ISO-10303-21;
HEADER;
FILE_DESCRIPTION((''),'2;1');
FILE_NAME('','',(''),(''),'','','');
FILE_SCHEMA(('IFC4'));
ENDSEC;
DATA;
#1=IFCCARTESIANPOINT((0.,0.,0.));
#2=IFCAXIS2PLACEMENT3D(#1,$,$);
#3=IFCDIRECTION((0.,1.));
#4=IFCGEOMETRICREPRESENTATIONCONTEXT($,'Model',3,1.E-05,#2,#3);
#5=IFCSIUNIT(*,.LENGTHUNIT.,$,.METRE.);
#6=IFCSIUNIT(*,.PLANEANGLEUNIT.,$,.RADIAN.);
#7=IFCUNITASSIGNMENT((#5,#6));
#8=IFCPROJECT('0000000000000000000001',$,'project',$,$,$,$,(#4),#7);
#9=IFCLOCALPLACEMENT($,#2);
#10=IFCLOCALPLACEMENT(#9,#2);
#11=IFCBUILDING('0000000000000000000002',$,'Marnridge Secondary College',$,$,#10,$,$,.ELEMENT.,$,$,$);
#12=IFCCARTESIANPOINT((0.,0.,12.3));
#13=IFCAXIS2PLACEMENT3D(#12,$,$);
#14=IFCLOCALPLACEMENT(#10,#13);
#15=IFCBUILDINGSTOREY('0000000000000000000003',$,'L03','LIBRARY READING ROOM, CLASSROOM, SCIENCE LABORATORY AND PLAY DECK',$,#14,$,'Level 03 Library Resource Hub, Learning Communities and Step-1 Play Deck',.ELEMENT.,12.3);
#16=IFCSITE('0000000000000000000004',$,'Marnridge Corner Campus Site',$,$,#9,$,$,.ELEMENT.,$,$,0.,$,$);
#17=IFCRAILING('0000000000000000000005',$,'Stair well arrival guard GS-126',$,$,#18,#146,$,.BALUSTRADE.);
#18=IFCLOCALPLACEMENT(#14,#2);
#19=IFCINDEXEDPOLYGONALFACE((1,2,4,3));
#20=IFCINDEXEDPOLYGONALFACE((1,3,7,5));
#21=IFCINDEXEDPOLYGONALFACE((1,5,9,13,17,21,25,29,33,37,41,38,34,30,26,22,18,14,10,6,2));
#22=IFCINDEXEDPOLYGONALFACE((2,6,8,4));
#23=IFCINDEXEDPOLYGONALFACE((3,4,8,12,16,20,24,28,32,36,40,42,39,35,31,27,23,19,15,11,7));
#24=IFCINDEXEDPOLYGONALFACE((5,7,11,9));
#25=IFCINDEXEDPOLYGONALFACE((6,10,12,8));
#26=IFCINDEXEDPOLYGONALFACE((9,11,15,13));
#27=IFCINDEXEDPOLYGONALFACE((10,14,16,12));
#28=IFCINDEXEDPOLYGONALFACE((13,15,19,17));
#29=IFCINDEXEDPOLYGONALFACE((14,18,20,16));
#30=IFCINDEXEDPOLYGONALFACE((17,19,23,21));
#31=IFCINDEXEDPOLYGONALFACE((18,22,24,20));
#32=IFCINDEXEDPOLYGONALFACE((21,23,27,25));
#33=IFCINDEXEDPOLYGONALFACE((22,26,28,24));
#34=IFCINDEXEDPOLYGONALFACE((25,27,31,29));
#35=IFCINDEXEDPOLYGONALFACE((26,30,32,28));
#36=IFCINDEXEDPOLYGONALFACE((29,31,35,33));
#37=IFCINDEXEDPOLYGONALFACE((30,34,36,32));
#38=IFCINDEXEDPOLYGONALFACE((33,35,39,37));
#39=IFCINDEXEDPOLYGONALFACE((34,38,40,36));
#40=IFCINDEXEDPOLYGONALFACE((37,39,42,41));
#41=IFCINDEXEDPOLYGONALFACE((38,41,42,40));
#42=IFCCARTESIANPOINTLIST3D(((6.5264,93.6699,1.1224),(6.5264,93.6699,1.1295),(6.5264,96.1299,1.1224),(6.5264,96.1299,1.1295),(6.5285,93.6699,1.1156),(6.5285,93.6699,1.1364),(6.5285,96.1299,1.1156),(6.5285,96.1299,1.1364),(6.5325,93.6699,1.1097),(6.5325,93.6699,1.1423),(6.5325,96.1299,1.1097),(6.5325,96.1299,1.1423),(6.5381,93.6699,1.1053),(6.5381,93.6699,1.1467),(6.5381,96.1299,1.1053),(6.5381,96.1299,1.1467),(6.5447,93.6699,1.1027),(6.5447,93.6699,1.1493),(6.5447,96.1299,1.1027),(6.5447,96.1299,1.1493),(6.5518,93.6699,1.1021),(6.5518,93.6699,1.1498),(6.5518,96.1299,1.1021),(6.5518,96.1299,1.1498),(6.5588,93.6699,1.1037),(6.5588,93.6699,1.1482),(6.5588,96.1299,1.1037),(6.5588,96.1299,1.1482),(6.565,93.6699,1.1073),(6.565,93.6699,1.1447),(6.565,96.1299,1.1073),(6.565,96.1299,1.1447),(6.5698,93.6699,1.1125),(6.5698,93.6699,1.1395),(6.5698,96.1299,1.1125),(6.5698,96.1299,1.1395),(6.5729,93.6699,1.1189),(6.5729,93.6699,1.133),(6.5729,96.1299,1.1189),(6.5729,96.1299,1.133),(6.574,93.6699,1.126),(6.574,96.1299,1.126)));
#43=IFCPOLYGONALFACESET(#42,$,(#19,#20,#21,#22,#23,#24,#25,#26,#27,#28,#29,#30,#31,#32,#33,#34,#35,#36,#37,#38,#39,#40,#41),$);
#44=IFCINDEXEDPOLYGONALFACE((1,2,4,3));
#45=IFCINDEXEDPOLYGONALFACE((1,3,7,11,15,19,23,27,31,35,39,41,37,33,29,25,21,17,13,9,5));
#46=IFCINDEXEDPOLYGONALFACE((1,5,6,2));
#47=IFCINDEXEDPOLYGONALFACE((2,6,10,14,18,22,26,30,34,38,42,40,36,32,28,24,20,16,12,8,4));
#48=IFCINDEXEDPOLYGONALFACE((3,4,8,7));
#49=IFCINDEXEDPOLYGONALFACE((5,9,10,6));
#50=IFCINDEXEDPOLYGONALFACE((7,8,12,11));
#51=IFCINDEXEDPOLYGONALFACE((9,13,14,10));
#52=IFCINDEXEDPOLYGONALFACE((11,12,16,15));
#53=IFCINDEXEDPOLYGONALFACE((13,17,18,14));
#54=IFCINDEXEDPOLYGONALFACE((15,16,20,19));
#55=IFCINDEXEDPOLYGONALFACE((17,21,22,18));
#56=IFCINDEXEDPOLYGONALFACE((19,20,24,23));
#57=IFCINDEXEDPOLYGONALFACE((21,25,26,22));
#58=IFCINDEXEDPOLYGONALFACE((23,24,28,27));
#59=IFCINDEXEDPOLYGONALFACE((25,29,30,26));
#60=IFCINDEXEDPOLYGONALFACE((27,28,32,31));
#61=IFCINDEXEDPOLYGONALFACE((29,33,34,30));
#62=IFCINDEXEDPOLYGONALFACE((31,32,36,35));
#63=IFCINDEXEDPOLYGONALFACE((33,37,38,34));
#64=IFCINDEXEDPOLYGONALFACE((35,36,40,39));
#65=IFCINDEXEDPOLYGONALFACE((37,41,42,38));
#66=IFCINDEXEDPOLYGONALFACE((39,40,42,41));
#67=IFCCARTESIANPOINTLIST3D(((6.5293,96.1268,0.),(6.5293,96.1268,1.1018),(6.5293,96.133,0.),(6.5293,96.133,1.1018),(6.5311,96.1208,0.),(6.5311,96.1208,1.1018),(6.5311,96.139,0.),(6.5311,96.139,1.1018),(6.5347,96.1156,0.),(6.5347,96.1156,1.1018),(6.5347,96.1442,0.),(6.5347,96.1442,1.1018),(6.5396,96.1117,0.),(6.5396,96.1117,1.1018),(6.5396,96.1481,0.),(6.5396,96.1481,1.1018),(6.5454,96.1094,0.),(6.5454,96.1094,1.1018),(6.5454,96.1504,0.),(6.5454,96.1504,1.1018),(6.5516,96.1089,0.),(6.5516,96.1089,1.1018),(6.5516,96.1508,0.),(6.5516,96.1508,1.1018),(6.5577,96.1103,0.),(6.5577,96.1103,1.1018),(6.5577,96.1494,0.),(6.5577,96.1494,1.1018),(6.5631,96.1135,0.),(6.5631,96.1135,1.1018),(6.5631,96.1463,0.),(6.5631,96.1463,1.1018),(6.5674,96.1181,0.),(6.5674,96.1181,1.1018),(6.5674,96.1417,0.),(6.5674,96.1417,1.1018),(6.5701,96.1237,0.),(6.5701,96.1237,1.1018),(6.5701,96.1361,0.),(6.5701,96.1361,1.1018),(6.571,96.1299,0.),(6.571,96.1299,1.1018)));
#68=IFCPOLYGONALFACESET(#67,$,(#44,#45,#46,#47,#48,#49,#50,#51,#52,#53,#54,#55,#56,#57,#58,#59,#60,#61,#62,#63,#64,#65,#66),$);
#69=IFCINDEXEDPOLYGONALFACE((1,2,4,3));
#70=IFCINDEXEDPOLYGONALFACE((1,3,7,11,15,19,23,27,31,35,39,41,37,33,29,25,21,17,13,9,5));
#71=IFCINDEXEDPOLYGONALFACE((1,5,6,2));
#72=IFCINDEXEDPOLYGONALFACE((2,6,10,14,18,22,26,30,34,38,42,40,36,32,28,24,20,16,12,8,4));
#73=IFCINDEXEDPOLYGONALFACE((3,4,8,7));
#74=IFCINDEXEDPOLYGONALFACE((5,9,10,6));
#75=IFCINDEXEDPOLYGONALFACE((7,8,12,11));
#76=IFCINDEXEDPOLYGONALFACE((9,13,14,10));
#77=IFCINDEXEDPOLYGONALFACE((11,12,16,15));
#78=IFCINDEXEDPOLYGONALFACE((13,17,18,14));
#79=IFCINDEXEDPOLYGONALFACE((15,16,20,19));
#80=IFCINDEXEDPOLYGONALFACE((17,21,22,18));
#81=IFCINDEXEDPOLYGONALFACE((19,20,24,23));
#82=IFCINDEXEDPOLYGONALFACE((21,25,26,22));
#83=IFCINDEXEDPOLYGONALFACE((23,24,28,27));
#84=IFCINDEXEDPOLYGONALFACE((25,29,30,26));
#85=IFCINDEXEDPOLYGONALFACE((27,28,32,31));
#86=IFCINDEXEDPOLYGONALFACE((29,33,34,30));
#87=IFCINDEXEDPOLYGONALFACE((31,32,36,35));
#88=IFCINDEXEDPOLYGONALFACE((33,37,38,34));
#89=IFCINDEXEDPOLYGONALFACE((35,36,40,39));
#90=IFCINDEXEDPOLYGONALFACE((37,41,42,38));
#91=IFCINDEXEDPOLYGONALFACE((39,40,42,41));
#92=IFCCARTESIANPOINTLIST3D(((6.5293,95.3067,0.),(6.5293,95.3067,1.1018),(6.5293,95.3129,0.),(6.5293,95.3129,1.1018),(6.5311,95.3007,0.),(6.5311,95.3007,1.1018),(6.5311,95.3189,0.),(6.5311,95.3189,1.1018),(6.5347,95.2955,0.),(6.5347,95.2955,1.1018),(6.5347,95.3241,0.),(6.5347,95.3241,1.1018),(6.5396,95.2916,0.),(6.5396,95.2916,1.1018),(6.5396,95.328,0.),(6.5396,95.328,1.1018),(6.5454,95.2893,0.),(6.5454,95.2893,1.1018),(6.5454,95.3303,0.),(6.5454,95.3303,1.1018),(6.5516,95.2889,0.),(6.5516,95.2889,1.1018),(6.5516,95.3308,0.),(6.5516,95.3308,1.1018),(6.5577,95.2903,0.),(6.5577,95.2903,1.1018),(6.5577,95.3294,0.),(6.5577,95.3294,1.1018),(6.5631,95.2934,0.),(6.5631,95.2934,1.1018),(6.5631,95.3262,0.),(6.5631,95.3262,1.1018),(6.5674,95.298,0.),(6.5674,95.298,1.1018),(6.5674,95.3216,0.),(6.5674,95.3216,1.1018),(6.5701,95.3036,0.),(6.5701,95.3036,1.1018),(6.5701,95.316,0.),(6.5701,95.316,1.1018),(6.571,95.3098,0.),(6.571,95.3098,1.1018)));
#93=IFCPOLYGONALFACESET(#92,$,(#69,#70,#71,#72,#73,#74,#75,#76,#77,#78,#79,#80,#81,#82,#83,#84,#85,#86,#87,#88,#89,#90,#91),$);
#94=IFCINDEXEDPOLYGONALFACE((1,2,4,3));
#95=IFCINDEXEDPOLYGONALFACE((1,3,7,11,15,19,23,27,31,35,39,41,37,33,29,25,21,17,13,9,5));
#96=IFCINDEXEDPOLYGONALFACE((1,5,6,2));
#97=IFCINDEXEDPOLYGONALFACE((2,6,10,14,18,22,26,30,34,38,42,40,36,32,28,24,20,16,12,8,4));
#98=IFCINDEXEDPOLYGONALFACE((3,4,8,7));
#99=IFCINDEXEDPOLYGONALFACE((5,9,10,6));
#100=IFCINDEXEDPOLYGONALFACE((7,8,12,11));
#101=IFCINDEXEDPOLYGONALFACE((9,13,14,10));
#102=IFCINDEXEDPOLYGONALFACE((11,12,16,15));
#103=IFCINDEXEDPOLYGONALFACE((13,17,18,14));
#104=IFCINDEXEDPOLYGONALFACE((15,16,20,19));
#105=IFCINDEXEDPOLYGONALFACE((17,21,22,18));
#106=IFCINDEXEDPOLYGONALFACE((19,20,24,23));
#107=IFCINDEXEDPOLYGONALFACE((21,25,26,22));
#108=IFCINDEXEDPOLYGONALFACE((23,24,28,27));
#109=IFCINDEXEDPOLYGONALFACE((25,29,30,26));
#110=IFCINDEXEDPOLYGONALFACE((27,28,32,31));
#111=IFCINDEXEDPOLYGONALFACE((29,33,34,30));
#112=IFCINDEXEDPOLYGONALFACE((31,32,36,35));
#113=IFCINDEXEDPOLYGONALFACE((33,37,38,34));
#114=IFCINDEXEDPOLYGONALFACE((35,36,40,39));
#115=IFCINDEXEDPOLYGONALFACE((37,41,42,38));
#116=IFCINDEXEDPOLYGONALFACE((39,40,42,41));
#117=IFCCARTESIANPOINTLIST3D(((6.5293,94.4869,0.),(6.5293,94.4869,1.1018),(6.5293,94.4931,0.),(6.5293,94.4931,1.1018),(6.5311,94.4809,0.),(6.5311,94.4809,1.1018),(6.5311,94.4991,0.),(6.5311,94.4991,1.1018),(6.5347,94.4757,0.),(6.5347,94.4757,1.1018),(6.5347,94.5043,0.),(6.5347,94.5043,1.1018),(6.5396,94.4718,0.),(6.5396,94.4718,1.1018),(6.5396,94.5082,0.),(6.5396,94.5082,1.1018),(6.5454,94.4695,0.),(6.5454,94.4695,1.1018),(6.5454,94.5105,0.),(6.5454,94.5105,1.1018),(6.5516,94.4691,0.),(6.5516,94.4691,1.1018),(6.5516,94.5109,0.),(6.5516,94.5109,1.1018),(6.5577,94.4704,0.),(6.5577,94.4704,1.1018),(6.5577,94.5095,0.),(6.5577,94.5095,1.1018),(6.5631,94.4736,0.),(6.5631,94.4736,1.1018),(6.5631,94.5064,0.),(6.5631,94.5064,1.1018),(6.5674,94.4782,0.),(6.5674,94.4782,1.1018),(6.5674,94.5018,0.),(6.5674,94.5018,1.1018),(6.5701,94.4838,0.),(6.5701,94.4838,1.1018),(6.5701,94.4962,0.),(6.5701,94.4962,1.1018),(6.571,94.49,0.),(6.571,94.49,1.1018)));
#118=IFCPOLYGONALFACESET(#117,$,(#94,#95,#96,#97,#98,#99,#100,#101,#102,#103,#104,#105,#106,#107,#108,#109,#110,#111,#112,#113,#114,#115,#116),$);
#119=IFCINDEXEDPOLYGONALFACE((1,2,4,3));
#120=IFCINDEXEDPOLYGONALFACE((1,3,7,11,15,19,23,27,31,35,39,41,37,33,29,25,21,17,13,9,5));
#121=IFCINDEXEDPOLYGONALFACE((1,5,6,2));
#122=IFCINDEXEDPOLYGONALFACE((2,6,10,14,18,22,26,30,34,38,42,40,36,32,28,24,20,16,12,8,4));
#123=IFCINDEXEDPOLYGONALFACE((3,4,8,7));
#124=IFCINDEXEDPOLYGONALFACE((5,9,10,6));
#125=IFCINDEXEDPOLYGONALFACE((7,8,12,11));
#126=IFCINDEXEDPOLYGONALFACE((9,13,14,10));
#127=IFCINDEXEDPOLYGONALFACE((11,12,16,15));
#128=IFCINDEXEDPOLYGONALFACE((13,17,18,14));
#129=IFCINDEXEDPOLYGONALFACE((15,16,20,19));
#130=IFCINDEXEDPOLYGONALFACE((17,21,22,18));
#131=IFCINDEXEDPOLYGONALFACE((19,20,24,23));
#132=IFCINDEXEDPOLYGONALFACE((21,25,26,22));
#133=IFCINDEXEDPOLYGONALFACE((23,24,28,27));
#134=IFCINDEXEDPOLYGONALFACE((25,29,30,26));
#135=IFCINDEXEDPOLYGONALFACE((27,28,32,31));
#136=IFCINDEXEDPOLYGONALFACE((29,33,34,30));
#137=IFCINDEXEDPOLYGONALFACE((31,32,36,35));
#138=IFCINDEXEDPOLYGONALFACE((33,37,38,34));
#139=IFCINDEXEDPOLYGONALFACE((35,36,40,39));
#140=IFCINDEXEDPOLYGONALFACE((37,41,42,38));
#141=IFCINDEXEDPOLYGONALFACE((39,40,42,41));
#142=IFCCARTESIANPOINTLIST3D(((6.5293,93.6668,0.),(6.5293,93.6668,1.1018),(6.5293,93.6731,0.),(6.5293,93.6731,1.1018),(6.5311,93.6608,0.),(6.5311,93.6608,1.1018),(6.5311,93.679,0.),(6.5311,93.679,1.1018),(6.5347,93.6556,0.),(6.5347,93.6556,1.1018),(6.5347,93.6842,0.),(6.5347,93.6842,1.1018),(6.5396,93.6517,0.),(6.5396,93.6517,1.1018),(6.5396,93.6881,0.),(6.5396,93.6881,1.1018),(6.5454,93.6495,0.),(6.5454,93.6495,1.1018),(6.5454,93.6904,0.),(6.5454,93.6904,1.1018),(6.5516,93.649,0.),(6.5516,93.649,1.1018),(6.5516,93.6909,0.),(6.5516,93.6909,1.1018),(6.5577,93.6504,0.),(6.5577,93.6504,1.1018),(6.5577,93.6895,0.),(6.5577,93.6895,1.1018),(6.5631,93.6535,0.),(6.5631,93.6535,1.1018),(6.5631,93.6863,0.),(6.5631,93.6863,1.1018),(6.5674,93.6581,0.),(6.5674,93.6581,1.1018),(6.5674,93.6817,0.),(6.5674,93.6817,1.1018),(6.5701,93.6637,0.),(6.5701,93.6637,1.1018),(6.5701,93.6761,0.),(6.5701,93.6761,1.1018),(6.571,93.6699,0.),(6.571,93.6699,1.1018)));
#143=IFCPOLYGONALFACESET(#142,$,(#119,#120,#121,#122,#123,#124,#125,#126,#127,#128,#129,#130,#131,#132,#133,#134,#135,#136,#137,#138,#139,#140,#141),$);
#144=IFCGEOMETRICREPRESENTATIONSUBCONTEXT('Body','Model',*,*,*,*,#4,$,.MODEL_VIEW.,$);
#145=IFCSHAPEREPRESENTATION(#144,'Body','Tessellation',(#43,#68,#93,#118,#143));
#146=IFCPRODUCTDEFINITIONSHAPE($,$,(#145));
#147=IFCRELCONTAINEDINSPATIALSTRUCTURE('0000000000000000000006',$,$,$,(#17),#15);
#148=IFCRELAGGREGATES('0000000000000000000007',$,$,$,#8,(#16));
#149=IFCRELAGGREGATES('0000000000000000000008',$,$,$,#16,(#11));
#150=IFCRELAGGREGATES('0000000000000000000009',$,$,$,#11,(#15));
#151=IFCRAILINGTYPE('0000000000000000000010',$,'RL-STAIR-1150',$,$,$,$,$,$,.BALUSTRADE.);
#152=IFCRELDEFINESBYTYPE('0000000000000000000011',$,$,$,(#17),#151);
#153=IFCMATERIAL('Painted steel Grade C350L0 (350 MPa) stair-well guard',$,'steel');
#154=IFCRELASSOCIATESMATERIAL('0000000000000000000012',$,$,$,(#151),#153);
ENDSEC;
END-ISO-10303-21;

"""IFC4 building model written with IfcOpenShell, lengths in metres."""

from ifc_helpers import new_model, si_unit, direction, frame, origin, origin_2d, place, context, subcontext, project, spatial, circle, extrude, material, type_object, element, save


model = new_model("IFC4")

# Units and contexts
model_context = context("Model", 3, precision=1e-05, world=origin(), true_north=direction((0.0, 1.0)))
body_context = subcontext(model_context, "Body", "Model", "MODEL_VIEW")
ifc_project = project(units=[si_unit("LENGTHUNIT", "METRE"), si_unit("PLANEANGLEUNIT", "RADIAN")], contexts=[model_context])

# Site, building, storey
site_placement = place(None, origin())
site = spatial("IfcSite", under=ifc_project, at=site_placement, Name="Marnridge Corner Campus Site", CompositionType="ELEMENT", RefElevation=0.0)
building_placement = place(site_placement, origin())
building = spatial("IfcBuilding", under=site, at=building_placement, Name="Marnridge Secondary College", CompositionType="ELEMENT")
storey_placement = place(building_placement, frame((0.0, 0.0, 12.3)))
storey = spatial("IfcBuildingStorey", under=building, at=storey_placement, Name="L03", Description="LIBRARY READING ROOM, CLASSROOM, SCIENCE LABORATORY AND PLAY DECK", LongName="Level 03 Library Resource Hub, Learning Communities and Step-1 Play Deck", CompositionType="ELEMENT", Elevation=12.3)

# Railing
ifc_material_1 = material(Name="Painted steel Grade C350L0 (350 MPa) stair-well guard", Category="steel")
railing_type = type_object("IfcRailingType", Name="RL-STAIR-1150", PredefinedType="BALUSTRADE", material=ifc_material_1)
railing_placement = place(storey_placement, frame((6.55, 96.1299, 0.0)))
element("IfcRailing", 1, at=railing_placement, inside=storey, type_object=railing_type, Name="Stair well arrival guard GS-126", PredefinedType="BALUSTRADE", context=body_context, shape_type="SweptSolid", body=[
    extrude(circle(Radius=0.0239, at=origin_2d()), frame((0.0, 0.0, 1.126), z_axis=(0.0, -1.0, 0.0), x_axis=(1.0, 0.0, 0.0)), (0.0, 0.0, 1.0), 2.46),
    extrude(circle(Radius=0.021, at=origin_2d()), origin(), (0.0, 0.0, 1.0), 1.1018),
    extrude(circle(Radius=0.021, at=origin_2d()), frame((0.0, -0.8201, 0.0)), (0.0, 0.0, 1.0), 1.1018),
    extrude(circle(Radius=0.021, at=origin_2d()), frame((0.0, -1.6399, 0.0)), (0.0, 0.0, 1.0), 1.1018),
    extrude(circle(Radius=0.021, at=origin_2d()), frame((0.0, -2.46, 0.0)), (0.0, 0.0, 1.0), 1.1018),
])

save(model, "model.ifc")
